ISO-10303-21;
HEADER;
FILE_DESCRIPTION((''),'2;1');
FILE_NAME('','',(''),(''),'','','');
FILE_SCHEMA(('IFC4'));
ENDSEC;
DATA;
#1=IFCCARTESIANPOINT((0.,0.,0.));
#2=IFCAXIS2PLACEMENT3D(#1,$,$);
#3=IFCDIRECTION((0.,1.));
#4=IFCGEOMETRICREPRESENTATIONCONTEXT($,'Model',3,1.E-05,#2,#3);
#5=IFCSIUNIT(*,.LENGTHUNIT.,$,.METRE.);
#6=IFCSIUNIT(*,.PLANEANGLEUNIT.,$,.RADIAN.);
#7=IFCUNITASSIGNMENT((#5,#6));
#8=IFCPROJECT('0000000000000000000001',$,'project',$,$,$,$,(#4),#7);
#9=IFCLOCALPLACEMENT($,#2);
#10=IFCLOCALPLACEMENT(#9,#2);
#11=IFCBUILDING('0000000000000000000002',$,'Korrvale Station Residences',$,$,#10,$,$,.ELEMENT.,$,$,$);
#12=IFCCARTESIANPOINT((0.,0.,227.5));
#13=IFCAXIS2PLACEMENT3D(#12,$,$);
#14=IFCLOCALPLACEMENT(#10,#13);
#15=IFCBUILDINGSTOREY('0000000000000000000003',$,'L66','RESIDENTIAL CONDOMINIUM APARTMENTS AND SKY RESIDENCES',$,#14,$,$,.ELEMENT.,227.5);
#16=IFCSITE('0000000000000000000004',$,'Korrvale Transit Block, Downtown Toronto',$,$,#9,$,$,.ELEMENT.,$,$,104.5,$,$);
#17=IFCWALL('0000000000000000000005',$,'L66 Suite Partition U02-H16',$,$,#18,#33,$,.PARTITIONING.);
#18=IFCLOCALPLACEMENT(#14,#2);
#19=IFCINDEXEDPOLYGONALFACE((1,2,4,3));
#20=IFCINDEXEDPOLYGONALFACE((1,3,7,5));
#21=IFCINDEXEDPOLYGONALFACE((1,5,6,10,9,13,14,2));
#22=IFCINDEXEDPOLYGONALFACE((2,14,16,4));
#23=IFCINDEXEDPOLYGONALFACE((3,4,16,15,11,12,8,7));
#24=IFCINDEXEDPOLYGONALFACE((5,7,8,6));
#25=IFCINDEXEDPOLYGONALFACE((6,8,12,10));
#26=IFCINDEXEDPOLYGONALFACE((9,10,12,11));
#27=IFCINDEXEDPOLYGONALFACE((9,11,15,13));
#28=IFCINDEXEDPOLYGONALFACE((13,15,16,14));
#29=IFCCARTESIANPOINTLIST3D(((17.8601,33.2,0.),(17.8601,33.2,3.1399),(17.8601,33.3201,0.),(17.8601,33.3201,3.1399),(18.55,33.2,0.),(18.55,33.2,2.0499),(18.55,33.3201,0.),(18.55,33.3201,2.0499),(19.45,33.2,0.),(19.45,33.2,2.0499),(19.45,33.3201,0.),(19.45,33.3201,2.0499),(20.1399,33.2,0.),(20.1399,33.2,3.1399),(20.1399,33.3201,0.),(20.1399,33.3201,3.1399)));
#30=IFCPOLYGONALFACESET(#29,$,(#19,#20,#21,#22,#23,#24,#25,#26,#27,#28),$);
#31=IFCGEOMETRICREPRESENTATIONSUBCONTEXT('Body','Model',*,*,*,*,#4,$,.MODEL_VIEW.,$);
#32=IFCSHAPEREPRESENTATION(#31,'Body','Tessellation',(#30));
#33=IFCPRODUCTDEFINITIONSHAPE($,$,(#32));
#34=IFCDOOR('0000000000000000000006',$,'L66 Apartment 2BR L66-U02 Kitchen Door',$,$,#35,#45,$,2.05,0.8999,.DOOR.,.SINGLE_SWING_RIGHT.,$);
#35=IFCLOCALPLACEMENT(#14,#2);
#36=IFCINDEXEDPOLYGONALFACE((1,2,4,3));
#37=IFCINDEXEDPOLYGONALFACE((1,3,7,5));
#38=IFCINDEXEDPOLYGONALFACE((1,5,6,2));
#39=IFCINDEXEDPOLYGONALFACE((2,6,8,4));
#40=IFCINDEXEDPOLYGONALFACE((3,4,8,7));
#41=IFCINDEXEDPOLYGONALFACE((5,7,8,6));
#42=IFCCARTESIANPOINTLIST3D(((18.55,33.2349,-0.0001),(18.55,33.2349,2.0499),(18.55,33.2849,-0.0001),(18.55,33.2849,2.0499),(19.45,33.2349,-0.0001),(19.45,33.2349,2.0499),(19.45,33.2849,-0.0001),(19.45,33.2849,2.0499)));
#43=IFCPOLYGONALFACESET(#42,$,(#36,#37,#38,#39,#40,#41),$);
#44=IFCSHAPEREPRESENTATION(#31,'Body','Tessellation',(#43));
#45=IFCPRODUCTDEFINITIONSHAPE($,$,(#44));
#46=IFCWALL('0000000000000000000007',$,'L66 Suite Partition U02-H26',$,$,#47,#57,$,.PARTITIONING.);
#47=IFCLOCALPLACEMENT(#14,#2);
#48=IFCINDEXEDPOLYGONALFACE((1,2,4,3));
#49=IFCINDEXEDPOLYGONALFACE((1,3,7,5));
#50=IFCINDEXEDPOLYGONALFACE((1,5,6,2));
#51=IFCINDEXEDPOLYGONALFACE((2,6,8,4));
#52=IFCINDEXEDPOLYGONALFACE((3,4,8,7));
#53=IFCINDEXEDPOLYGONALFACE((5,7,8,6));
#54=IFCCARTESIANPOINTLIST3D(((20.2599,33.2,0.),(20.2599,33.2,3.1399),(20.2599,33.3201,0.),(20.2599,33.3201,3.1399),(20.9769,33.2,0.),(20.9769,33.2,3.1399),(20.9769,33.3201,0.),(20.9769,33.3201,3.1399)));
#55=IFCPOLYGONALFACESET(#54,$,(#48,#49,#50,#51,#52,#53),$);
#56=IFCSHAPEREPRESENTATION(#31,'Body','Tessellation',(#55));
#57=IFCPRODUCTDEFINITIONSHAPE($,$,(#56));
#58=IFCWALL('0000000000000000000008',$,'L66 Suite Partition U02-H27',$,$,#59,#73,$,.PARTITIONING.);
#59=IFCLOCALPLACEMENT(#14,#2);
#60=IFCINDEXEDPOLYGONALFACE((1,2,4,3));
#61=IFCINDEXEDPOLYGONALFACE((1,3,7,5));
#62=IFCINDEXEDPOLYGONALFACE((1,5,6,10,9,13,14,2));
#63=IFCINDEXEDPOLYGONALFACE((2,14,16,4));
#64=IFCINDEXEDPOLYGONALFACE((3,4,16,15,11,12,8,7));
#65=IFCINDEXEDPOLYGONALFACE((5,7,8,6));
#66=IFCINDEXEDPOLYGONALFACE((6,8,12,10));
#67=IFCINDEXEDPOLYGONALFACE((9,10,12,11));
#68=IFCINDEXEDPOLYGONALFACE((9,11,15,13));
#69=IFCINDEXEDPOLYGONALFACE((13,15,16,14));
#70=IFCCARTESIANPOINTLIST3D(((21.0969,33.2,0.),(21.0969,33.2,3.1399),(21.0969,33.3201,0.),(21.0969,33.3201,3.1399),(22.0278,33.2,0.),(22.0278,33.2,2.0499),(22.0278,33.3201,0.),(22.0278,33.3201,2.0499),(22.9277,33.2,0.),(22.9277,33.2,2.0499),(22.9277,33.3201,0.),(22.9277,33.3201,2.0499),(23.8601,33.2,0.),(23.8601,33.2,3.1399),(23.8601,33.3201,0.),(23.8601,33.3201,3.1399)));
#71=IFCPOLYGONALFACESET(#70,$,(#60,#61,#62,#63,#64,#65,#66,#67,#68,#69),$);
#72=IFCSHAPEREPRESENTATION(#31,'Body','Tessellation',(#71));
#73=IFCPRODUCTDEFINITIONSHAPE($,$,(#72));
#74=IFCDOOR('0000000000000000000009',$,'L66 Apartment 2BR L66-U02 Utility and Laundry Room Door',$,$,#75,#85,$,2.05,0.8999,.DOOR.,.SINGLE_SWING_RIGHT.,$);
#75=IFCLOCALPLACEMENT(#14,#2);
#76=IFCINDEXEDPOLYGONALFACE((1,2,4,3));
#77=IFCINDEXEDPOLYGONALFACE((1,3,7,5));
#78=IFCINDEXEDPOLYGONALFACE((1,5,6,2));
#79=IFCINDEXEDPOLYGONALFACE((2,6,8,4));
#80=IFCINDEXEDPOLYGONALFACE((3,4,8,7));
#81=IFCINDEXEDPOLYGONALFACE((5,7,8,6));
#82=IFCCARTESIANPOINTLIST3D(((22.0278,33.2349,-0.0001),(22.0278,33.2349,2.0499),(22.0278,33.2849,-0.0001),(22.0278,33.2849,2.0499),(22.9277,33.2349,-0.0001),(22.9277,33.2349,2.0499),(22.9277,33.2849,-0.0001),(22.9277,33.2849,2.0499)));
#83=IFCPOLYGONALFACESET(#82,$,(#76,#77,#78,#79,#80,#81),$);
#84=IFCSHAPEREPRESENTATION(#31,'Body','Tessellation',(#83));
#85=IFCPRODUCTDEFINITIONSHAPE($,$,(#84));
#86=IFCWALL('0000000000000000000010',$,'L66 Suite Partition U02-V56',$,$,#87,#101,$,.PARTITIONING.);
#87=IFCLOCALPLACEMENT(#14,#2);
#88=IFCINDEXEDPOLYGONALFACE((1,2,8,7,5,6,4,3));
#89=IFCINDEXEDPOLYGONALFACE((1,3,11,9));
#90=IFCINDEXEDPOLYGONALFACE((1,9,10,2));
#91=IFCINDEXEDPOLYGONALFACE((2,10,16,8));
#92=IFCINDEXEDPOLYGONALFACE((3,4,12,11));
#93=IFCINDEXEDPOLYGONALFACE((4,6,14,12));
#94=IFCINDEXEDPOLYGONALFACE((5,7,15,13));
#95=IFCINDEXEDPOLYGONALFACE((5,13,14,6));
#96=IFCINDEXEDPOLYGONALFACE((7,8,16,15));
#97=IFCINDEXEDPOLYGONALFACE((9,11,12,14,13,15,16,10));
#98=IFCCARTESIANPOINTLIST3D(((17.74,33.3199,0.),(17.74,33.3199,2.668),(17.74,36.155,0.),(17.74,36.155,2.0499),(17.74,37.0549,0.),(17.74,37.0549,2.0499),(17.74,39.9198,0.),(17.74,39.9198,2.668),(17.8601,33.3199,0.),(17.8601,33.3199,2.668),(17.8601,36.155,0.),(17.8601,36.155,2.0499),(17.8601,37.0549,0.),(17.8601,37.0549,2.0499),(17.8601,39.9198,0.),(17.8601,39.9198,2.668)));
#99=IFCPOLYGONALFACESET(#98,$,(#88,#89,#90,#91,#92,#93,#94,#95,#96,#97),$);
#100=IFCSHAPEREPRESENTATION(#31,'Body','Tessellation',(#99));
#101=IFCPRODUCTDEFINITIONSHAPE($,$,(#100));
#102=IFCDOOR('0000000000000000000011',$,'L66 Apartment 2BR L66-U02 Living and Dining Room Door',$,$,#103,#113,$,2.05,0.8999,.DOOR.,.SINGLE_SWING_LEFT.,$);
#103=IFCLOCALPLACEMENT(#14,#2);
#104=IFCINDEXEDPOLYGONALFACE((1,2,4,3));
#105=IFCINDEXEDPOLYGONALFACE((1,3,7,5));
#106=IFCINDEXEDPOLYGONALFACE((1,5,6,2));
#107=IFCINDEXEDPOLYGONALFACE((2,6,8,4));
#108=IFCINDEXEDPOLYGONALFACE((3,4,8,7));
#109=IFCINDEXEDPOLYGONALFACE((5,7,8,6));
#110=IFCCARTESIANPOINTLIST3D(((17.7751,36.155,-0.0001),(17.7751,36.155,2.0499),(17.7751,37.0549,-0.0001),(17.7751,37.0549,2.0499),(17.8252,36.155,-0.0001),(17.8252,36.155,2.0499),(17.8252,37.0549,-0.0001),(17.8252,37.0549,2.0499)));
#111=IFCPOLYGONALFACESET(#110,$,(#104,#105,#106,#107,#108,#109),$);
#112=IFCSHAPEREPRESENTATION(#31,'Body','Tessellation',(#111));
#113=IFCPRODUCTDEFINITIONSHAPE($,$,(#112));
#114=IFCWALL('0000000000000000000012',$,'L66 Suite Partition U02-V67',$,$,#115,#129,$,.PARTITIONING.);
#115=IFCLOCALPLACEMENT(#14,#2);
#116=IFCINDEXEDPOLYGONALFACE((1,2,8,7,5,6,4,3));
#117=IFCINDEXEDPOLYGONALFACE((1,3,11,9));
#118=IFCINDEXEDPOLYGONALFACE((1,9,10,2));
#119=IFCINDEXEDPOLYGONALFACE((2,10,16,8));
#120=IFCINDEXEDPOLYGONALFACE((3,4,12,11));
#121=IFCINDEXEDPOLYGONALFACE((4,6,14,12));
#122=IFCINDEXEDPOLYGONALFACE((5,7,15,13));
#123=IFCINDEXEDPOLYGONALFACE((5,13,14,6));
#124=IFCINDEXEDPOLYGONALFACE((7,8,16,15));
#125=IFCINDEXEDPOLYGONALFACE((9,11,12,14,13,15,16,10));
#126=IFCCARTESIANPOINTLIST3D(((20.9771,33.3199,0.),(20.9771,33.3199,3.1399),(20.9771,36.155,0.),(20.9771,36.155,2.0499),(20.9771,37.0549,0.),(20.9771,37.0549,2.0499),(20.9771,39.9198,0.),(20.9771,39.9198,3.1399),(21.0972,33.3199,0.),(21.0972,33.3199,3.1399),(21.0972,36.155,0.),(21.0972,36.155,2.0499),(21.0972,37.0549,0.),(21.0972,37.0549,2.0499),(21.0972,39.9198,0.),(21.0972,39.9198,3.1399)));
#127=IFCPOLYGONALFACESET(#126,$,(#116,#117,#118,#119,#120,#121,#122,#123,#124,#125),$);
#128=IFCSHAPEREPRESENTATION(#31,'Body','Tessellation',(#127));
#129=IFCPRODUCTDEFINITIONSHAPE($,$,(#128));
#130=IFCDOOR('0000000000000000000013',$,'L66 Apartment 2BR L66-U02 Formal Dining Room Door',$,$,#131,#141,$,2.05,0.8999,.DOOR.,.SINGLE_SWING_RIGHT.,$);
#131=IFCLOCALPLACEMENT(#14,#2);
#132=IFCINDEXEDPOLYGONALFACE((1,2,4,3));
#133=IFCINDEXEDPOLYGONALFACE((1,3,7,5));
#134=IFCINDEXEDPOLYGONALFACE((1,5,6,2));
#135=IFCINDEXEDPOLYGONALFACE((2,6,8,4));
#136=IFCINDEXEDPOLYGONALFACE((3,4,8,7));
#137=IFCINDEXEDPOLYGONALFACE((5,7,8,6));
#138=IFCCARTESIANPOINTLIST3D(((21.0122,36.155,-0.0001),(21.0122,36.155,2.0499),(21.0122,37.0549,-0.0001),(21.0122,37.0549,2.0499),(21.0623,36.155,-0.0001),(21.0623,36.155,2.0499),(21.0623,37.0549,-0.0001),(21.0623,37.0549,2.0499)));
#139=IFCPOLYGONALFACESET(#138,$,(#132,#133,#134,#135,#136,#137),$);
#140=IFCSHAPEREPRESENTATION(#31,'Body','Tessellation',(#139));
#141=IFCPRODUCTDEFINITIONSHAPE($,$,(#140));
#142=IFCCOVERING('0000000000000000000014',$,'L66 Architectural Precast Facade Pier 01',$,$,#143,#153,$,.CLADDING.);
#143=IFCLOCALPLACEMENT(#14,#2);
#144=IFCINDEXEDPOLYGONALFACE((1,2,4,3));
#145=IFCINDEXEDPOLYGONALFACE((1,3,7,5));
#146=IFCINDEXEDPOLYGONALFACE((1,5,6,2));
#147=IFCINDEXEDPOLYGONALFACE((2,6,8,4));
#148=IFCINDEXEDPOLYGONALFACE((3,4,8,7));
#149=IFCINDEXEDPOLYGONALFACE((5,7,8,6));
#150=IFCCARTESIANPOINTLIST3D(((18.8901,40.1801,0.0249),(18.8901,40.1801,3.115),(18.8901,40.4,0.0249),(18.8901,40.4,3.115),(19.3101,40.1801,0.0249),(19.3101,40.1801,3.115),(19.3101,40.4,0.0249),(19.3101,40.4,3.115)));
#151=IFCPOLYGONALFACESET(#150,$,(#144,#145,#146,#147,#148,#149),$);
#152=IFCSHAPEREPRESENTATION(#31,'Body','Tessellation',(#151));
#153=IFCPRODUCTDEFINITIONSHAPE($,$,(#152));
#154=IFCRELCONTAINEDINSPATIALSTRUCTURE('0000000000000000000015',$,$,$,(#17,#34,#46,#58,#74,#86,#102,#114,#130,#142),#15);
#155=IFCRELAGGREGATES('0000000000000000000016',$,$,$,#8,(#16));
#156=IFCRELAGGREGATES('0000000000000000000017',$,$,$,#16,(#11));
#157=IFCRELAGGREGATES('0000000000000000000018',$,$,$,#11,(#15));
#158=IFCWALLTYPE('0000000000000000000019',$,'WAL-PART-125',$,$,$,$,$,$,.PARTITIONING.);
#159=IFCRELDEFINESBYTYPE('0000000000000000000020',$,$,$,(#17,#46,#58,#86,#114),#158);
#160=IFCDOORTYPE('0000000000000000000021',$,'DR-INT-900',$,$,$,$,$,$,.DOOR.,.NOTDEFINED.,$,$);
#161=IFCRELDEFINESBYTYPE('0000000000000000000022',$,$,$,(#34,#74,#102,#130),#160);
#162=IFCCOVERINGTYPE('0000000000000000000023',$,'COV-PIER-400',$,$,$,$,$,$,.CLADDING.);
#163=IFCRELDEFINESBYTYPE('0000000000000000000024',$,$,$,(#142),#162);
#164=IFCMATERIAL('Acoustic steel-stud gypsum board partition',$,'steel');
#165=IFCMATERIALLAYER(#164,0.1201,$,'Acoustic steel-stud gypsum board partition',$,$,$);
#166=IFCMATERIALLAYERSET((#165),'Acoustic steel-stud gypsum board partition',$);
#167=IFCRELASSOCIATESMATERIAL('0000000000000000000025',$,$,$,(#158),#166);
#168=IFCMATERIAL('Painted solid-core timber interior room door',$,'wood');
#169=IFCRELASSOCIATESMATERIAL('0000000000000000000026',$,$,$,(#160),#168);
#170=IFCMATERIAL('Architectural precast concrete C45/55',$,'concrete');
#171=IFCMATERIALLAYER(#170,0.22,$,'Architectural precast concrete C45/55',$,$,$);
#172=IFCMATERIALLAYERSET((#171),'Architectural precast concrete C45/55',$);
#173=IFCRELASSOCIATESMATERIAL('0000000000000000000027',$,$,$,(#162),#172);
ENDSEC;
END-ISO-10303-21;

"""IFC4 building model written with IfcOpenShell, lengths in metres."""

from ifc_helpers import new_model, si_unit, direction, frame, frame_2d, origin, origin_2d, place, context, subcontext, project, spatial, rectangle, extrude, material, layer, layer_set, type_object, element, fill, save


model = new_model("IFC4")

# Units and contexts
model_context = context("Model", 3, precision=1e-05, world=origin(), true_north=direction((0.0, 1.0)))
body_context = subcontext(model_context, "Body", "Model", "MODEL_VIEW")
ifc_project = project(units=[si_unit("LENGTHUNIT", "METRE"), si_unit("PLANEANGLEUNIT", "RADIAN")], contexts=[model_context])

# Site, building, storey
site_placement = place(None, origin())
site = spatial("IfcSite", under=ifc_project, at=site_placement, Name="Korrvale Transit Block, Downtown Toronto", CompositionType="ELEMENT", RefElevation=104.5)
building_placement = place(site_placement, origin())
building = spatial("IfcBuilding", under=site, at=building_placement, Name="Korrvale Station Residences", CompositionType="ELEMENT")
storey_placement = place(building_placement, frame((0.0, 0.0, 227.5)))
storey = spatial("IfcBuildingStorey", under=building, at=storey_placement, Name="L66", Description="RESIDENTIAL CONDOMINIUM APARTMENTS AND SKY RESIDENCES", CompositionType="ELEMENT", Elevation=227.5)

# Wall, opening, door
ifc_material_1 = material(Name="Acoustic steel-stud gypsum board partition", Category="steel")
ifc_layer_1 = layer(ifc_material_1, 0.1201, Name="Acoustic steel-stud gypsum board partition")
ifc_layer_set_1 = layer_set([ifc_layer_1], Name="Acoustic steel-stud gypsum board partition")
wall_type = type_object("IfcWallType", Name="WAL-PART-125", PredefinedType="PARTITIONING", material=ifc_layer_set_1)
ifc_material_2 = material(Name="Painted solid-core timber interior room door", Category="wood")
door_type_1 = type_object("IfcDoorType", Name="DR-INT-900", OperationType="NOTDEFINED", PredefinedType="DOOR", material=ifc_material_2)
wall_1_placement = place(storey_placement, frame((17.8601, 33.26, 0.0), z_axis=(0.0, 0.0, 1.0), x_axis=(1.0, 0.0, 0.0)))
wall_1 = element("IfcWall", 1, at=wall_1_placement, inside=storey, type_object=wall_type, Name="L66 Suite Partition U02-H16", PredefinedType="PARTITIONING", context=body_context, shape_type="SweptSolid", body=[
    extrude(rectangle(XDim=2.2798, YDim=0.1201, at=frame_2d((1.1399, 0.0))), origin(), (0.0, 0.0, 1.0), 3.1399),
])
opening_1_placement = place(wall_1_placement, frame((0.6899, 0.0, 0.0)))
opening_1 = element("IfcOpeningElement", 2, at=opening_1_placement, cuts=wall_1, PredefinedType="OPENING", context=body_context, shape_type="SweptSolid", body=[
    extrude(rectangle(XDim=0.8999, YDim=2.05, at=frame_2d((0.45, 1.0249))), frame((0.0, 0.0701, 0.0), z_axis=(0.0, -1.0, 0.0), x_axis=(1.0, 0.0, 0.0)), (0.0, 0.0, 1.0), 0.1401),
])
door_1_placement = place(opening_1_placement, origin())
door_1 = element("IfcDoor", 3, at=door_1_placement, inside=storey, type_object=door_type_1, Name="L66 Apartment 2BR L66-U02 Kitchen Door", OperationType="SINGLE_SWING_RIGHT", OverallHeight=2.05, OverallWidth=0.8999, PredefinedType="DOOR", context=body_context, shape_type="SweptSolid", body=[
    extrude(rectangle(XDim=0.8999, YDim=2.05, at=frame_2d((0.45, 1.0249))), frame((0.0, 0.0249, 0.0), z_axis=(0.0, -1.0, 0.0), x_axis=(1.0, 0.0, 0.0)), (0.0, 0.0, 1.0), 0.05),
])
fill(opening_1, door_1)

# Wall
wall_2_placement = place(storey_placement, frame((20.26, 33.26, 0.0), z_axis=(0.0, 0.0, 1.0), x_axis=(1.0, 0.0, 0.0)))
element("IfcWall", 4, at=wall_2_placement, inside=storey, type_object=wall_type, Name="L66 Suite Partition U02-H26", PredefinedType="PARTITIONING", context=body_context, shape_type="SweptSolid", body=[
    extrude(rectangle(XDim=0.717, YDim=0.1201, at=frame_2d((0.3584, 0.0))), origin(), (0.0, 0.0, 1.0), 3.1399),
])

# Walls, openings, doors
wall_3_placement = place(storey_placement, frame((21.0969, 33.26, 0.0), z_axis=(0.0, 0.0, 1.0), x_axis=(1.0, 0.0, 0.0)))
wall_3 = element("IfcWall", 5, at=wall_3_placement, inside=storey, type_object=wall_type, Name="L66 Suite Partition U02-H27", PredefinedType="PARTITIONING", context=body_context, shape_type="SweptSolid", body=[
    extrude(rectangle(XDim=2.7632, YDim=0.1201, at=frame_2d((1.3816, 0.0))), origin(), (0.0, 0.0, 1.0), 3.1399),
])
opening_2_placement = place(wall_3_placement, frame((0.9309, 0.0, 0.0)))
opening_2 = element("IfcOpeningElement", 6, at=opening_2_placement, cuts=wall_3, PredefinedType="OPENING", context=body_context, shape_type="SweptSolid", body=[
    extrude(rectangle(XDim=0.8999, YDim=2.05, at=frame_2d((0.45, 1.0249))), frame((0.0, 0.0701, 0.0), z_axis=(0.0, -1.0, 0.0), x_axis=(1.0, 0.0, 0.0)), (0.0, 0.0, 1.0), 0.1401),
])
door_2_placement = place(opening_2_placement, origin())
door_2 = element("IfcDoor", 7, at=door_2_placement, inside=storey, type_object=door_type_1, Name="L66 Apartment 2BR L66-U02 Utility and Laundry Room Door", OperationType="SINGLE_SWING_RIGHT", OverallHeight=2.05, OverallWidth=0.8999, PredefinedType="DOOR", context=body_context, shape_type="SweptSolid", body=[
    extrude(rectangle(XDim=0.8999, YDim=2.05, at=frame_2d((0.45, 1.0249))), frame((0.0, 0.0249, 0.0), z_axis=(0.0, -1.0, 0.0), x_axis=(1.0, 0.0, 0.0)), (0.0, 0.0, 1.0), 0.05),
])
fill(opening_2, door_2)
wall_4_placement = place(storey_placement, frame((17.8, 33.3201, 0.0), z_axis=(0.0, 0.0, 1.0), x_axis=(0.0, 1.0, 0.0)))
wall_4 = element("IfcWall", 8, at=wall_4_placement, inside=storey, type_object=wall_type, Name="L66 Suite Partition U02-V56", PredefinedType="PARTITIONING", context=body_context, shape_type="SweptSolid", body=[
    extrude(rectangle(XDim=6.5999, YDim=0.1201, at=frame_2d((3.2998, 0.0))), origin(), (0.0, 0.0, 1.0), 2.668),
])
opening_3_placement = place(wall_4_placement, frame((2.835, 0.0, 0.0)))
opening_3 = element("IfcOpeningElement", 9, at=opening_3_placement, cuts=wall_4, PredefinedType="OPENING", context=body_context, shape_type="SweptSolid", body=[
    extrude(rectangle(XDim=0.8999, YDim=2.05, at=frame_2d((0.45, 1.0249))), frame((0.0, 0.0701, 0.0), z_axis=(0.0, -1.0, 0.0), x_axis=(1.0, 0.0, 0.0)), (0.0, 0.0, 1.0), 0.1401),
])
door_3_placement = place(opening_3_placement, origin())
door_3 = element("IfcDoor", 10, at=door_3_placement, inside=storey, type_object=door_type_1, Name="L66 Apartment 2BR L66-U02 Living and Dining Room Door", OperationType="SINGLE_SWING_LEFT", OverallHeight=2.05, OverallWidth=0.8999, PredefinedType="DOOR", context=body_context, shape_type="SweptSolid", body=[
    extrude(rectangle(XDim=0.8999, YDim=2.05, at=frame_2d((0.45, 1.0249))), frame((0.0, 0.0249, 0.0), z_axis=(0.0, -1.0, 0.0), x_axis=(1.0, 0.0, 0.0)), (0.0, 0.0, 1.0), 0.05),
])
fill(opening_3, door_3)
wall_5_placement = place(storey_placement, frame((21.0371, 33.3201, 0.0), z_axis=(0.0, 0.0, 1.0), x_axis=(0.0, 1.0, 0.0)))
wall_5 = element("IfcWall", 11, at=wall_5_placement, inside=storey, type_object=wall_type, Name="L66 Suite Partition U02-V67", PredefinedType="PARTITIONING", context=body_context, shape_type="SweptSolid", body=[
    extrude(rectangle(XDim=6.5999, YDim=0.1201, at=frame_2d((3.2998, 0.0))), origin(), (0.0, 0.0, 1.0), 3.1399),
])
opening_4_placement = place(wall_5_placement, frame((2.835, 0.0, 0.0)))
opening_4 = element("IfcOpeningElement", 12, at=opening_4_placement, cuts=wall_5, PredefinedType="OPENING", context=body_context, shape_type="SweptSolid", body=[
    extrude(rectangle(XDim=0.8999, YDim=2.05, at=frame_2d((0.45, 1.0249))), frame((0.0, 0.0701, 0.0), z_axis=(0.0, -1.0, 0.0), x_axis=(1.0, 0.0, 0.0)), (0.0, 0.0, 1.0), 0.1401),
])
door_4_placement = place(opening_4_placement, origin())
door_4 = element("IfcDoor", 13, at=door_4_placement, inside=storey, type_object=door_type_1, Name="L66 Apartment 2BR L66-U02 Formal Dining Room Door", OperationType="SINGLE_SWING_RIGHT", OverallHeight=2.05, OverallWidth=0.8999, PredefinedType="DOOR", context=body_context, shape_type="SweptSolid", body=[
    extrude(rectangle(XDim=0.8999, YDim=2.05, at=frame_2d((0.45, 1.0249))), frame((0.0, 0.0249, 0.0), z_axis=(0.0, -1.0, 0.0), x_axis=(1.0, 0.0, 0.0)), (0.0, 0.0, 1.0), 0.05),
])
fill(opening_4, door_4)

# Covering
ifc_material_3 = material(Name="Architectural precast concrete C45/55", Category="concrete")
ifc_layer_2 = layer(ifc_material_3, 0.22, Name="Architectural precast concrete C45/55")
ifc_layer_set_2 = layer_set([ifc_layer_2], Name="Architectural precast concrete C45/55")
covering_type = type_object("IfcCoveringType", Name="COV-PIER-400", PredefinedType="CLADDING", material=ifc_layer_set_2)
covering_placement = place(storey_placement, frame((19.1001, 40.29, 0.0249), z_axis=(0.0, 0.0, 1.0), x_axis=(1.0, 0.0, 0.0)))
element("IfcCovering", 14, at=covering_placement, inside=storey, type_object=covering_type, Name="L66 Architectural Precast Facade Pier 01", PredefinedType="CLADDING", context=body_context, shape_type="SweptSolid", body=[
    extrude(rectangle(XDim=0.4199, YDim=0.22, at=origin_2d()), origin(), (0.0, 0.0, 1.0), 3.0901),
])

save(model, "model.ifc")
